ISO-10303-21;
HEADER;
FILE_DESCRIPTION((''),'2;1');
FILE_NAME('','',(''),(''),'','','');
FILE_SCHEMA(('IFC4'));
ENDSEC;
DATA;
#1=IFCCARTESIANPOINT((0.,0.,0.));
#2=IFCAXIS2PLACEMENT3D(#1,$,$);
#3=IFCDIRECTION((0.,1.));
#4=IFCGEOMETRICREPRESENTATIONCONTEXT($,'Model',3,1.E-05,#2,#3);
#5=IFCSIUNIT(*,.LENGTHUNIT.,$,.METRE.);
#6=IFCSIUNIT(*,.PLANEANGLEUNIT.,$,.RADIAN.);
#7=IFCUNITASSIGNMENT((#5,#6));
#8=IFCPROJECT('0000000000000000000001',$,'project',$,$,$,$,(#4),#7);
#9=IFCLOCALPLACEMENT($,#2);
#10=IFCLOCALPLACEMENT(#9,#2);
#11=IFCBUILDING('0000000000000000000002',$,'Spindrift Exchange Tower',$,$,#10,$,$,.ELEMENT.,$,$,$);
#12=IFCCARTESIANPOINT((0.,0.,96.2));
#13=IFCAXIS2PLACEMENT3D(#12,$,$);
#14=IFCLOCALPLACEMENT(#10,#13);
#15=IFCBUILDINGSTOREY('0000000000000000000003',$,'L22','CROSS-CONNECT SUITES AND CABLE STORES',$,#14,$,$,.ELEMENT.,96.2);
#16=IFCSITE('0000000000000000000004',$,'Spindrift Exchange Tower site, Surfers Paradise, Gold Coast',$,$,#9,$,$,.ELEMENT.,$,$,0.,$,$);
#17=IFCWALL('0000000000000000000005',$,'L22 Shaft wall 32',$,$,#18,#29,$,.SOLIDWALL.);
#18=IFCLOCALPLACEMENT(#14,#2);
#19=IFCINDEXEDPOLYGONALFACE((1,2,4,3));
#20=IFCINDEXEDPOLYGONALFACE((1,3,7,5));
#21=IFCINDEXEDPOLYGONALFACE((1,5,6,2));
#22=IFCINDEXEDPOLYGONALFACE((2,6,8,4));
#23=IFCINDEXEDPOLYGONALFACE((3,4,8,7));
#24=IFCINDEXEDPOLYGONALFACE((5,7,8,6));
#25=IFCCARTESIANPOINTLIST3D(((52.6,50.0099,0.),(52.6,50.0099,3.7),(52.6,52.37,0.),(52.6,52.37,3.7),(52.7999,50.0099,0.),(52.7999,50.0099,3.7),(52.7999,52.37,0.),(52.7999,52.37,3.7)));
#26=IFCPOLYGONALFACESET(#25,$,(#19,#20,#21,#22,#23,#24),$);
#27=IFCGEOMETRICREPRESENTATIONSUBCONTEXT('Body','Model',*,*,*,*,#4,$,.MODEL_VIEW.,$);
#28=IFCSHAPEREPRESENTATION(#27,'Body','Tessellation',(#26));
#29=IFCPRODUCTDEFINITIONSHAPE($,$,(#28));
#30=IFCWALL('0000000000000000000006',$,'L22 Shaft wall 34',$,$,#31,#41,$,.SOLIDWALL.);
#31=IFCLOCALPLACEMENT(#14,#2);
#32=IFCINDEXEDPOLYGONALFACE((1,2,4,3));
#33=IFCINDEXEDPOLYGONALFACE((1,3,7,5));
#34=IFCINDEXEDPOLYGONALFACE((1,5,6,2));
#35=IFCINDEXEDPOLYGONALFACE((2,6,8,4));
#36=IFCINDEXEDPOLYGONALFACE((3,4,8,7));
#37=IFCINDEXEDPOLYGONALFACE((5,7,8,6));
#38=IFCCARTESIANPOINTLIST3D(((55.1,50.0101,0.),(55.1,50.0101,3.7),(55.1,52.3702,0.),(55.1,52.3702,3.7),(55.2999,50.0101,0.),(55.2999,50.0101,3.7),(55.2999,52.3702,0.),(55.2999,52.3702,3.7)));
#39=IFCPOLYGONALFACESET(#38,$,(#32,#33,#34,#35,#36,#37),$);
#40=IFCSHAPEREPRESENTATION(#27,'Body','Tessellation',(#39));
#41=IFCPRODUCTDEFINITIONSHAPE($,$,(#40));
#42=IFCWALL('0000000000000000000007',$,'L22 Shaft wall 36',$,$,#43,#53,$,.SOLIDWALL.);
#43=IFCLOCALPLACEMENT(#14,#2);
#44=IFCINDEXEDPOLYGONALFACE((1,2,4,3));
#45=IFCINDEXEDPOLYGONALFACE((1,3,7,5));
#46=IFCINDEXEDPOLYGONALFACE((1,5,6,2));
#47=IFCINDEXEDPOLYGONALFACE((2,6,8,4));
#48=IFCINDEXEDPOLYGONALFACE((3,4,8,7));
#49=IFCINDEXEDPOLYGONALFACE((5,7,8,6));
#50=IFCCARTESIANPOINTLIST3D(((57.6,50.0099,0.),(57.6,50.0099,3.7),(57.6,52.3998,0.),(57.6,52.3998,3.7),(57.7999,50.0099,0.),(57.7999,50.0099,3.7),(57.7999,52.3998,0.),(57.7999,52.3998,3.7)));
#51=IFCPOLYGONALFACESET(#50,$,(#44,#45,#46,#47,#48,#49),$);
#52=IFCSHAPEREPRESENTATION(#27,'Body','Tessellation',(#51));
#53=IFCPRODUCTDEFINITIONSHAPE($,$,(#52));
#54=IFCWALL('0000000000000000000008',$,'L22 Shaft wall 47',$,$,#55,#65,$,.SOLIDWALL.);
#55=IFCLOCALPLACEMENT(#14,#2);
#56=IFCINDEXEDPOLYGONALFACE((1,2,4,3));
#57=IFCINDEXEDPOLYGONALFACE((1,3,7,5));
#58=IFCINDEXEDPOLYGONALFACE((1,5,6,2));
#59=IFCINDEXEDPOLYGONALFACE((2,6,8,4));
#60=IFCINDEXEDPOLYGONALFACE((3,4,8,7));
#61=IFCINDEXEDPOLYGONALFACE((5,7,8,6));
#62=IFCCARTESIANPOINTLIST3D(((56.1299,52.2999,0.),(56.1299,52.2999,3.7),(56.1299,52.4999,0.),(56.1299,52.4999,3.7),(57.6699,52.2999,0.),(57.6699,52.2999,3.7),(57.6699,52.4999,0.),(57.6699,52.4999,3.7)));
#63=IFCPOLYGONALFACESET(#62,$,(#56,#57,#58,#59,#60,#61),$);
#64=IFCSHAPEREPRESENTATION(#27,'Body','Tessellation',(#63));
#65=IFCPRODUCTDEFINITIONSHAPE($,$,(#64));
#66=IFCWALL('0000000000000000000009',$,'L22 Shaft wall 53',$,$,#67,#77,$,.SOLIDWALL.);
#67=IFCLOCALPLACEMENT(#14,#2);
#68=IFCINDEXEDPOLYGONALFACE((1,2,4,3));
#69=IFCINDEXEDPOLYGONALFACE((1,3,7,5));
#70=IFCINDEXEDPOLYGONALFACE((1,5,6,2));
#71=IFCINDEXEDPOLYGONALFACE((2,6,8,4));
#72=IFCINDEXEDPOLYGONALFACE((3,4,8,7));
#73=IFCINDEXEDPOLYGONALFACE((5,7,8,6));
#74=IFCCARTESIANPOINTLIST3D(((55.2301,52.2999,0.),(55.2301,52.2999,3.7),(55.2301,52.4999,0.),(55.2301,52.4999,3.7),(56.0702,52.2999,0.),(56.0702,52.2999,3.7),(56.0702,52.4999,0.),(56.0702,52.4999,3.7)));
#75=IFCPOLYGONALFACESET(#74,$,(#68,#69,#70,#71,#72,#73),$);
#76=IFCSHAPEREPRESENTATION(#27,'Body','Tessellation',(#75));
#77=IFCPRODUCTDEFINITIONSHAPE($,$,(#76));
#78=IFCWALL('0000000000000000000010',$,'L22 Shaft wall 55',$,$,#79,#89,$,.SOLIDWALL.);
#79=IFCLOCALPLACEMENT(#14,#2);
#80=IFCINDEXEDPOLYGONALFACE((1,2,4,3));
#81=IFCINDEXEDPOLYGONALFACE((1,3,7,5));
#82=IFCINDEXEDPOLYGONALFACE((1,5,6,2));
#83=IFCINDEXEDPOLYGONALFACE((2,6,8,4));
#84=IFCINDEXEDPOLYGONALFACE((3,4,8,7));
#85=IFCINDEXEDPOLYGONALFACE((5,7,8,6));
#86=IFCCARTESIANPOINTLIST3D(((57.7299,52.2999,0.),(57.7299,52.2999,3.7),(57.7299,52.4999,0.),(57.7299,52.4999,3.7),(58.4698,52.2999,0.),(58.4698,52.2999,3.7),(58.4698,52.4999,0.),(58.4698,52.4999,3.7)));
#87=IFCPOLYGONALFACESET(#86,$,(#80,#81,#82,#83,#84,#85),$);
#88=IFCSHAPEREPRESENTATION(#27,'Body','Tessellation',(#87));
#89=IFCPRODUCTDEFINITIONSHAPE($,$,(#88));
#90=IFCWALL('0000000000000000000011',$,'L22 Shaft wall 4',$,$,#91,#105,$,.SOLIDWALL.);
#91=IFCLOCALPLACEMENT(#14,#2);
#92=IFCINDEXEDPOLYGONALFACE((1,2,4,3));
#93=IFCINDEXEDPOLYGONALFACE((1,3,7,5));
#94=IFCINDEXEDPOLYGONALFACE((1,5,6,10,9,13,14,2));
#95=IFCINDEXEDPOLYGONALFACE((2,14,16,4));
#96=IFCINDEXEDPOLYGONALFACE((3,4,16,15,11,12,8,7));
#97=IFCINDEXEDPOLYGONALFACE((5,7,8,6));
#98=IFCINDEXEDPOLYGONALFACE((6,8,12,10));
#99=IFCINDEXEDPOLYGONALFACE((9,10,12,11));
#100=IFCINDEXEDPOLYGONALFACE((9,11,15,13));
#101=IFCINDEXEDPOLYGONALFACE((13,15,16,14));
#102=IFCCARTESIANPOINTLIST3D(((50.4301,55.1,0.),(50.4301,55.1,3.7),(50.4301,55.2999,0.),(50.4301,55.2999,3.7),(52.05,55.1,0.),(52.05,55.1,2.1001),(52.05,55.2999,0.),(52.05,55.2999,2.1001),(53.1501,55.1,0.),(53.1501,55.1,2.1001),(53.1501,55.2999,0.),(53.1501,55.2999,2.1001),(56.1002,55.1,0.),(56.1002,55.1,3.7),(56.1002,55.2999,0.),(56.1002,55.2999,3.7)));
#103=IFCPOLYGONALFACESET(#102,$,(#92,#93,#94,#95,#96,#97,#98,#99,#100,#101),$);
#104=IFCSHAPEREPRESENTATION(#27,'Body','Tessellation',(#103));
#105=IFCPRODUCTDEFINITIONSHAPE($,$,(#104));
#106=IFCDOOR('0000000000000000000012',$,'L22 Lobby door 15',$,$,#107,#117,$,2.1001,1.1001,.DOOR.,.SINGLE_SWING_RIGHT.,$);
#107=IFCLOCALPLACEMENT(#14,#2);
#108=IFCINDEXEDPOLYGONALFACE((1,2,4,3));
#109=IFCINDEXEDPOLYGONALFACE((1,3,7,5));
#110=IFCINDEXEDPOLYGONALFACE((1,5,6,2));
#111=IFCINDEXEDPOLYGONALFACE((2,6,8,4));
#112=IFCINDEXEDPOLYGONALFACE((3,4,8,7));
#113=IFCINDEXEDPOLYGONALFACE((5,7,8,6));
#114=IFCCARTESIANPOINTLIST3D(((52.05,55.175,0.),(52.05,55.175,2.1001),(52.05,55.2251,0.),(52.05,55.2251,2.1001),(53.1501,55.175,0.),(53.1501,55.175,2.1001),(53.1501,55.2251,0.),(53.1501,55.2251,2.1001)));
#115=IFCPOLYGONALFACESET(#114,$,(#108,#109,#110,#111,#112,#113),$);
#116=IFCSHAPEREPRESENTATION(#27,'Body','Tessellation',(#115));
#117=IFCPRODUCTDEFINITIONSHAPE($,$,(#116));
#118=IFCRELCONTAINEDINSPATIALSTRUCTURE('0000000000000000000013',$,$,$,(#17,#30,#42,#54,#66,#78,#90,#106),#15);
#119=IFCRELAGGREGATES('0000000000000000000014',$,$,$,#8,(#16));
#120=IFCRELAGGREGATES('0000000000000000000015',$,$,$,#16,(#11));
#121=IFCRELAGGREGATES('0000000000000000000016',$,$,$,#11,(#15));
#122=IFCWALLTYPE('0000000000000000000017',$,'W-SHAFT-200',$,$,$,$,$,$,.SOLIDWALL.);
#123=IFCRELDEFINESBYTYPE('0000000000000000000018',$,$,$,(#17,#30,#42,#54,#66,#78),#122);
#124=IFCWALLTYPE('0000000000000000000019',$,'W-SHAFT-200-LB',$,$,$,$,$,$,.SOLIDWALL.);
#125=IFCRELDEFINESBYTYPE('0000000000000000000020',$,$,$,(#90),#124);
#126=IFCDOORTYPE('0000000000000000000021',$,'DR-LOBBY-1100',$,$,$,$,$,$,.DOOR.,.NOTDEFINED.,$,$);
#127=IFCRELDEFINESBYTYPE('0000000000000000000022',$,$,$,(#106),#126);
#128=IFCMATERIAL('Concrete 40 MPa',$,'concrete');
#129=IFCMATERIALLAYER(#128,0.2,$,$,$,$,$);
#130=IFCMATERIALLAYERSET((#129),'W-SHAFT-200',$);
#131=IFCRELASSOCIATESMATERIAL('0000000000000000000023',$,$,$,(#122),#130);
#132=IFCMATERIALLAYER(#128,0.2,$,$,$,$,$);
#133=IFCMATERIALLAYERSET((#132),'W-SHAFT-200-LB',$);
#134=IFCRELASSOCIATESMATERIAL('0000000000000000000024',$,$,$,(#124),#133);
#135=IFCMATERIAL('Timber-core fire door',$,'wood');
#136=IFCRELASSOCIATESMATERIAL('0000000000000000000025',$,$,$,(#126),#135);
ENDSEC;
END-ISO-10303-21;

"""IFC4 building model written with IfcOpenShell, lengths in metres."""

from ifc_helpers import new_model, si_unit, direction, frame, frame_2d, origin, place, context, subcontext, project, spatial, rectangle, extrude, source, transform, mapped, material, layer, layer_set, type_object, element, fill, save


model = new_model("IFC4")

# Units and contexts
model_context = context("Model", 3, precision=1e-05, world=origin(), true_north=direction((0.0, 1.0)))
body_context = subcontext(model_context, "Body", "Model", "MODEL_VIEW")
ifc_project = project(units=[si_unit("LENGTHUNIT", "METRE"), si_unit("PLANEANGLEUNIT", "RADIAN")], contexts=[model_context])

# Site, building, storey
site_placement = place(None, origin())
site = spatial("IfcSite", under=ifc_project, at=site_placement, Name="Spindrift Exchange Tower site, Surfers Paradise, Gold Coast", CompositionType="ELEMENT", RefElevation=0.0)
building_placement = place(site_placement, origin())
building = spatial("IfcBuilding", under=site, at=building_placement, Name="Spindrift Exchange Tower", CompositionType="ELEMENT")
storey_placement = place(building_placement, frame((0.0, 0.0, 96.2)))
storey = spatial("IfcBuildingStorey", under=building, at=storey_placement, Name="L22", Description="CROSS-CONNECT SUITES AND CABLE STORES", CompositionType="ELEMENT", Elevation=96.2)

# Shared definitions
ifc_material_1 = material(Name="Concrete 40 MPa", Category="concrete")
ifc_layer_1 = layer(ifc_material_1, 0.2)
ifc_layer_set_1 = layer_set([ifc_layer_1], Name="W-SHAFT-200")
wall_type_1 = type_object("IfcWallType", Name="W-SHAFT-200", PredefinedType="SOLIDWALL", material=ifc_layer_set_1)

# Walls
for number, where, z_axis, x_axis, name in (
    (1, (52.7, 52.3701, 0.0), (0.0, 0.0, 1.0), (0.0, -1.0, 0.0), "L22 Shaft wall 32"),
    (2, (55.2, 50.01, 0.0), (0.0, 0.0, 1.0), (0.0, 1.0, 0.0), "L22 Shaft wall 34"),
):
    element("IfcWall", number, at=place(storey_placement, frame(where, z_axis=z_axis, x_axis=x_axis)), inside=storey, type_object=wall_type_1, Name=name, PredefinedType="SOLIDWALL", context=body_context, shape_type="SweptSolid", body=[
        extrude(rectangle(XDim=2.3601, YDim=0.2, at=frame_2d((1.1802, 0.0))), origin(), (0.0, 0.0, 1.0), 3.7),
    ])
wall_1_placement = place(storey_placement, frame((57.7, 50.01, 0.0), z_axis=(0.0, 0.0, 1.0), x_axis=(0.0, 1.0, 0.0)))
element("IfcWall", 3, at=wall_1_placement, inside=storey, type_object=wall_type_1, Name="L22 Shaft wall 36", PredefinedType="SOLIDWALL", context=body_context, shape_type="SweptSolid", body=[
    extrude(rectangle(XDim=2.3899, YDim=0.2, at=frame_2d((1.1948, 0.0))), origin(), (0.0, 0.0, 1.0), 3.7),
])
wall_2_placement = place(storey_placement, frame((57.6699, 52.3999, 0.0), z_axis=(0.0, 0.0, 1.0), x_axis=(-1.0, 0.0, 0.0)))
element("IfcWall", 4, at=wall_2_placement, inside=storey, type_object=wall_type_1, Name="L22 Shaft wall 47", PredefinedType="SOLIDWALL", context=body_context, shape_type="SweptSolid", body=[
    extrude(rectangle(XDim=1.54, YDim=0.2, at=frame_2d((0.77, 0.0))), origin(), (0.0, 0.0, 1.0), 3.7),
])
wall_3_placement = place(storey_placement, frame((56.0701, 52.3999, 0.0), z_axis=(0.0, 0.0, 1.0), x_axis=(-1.0, 0.0, 0.0)))
element("IfcWall", 5, at=wall_3_placement, inside=storey, type_object=wall_type_1, Name="L22 Shaft wall 53", PredefinedType="SOLIDWALL", context=body_context, shape_type="SweptSolid", body=[
    extrude(rectangle(XDim=0.8401, YDim=0.2, at=frame_2d((0.4199, 0.0))), origin(), (0.0, 0.0, 1.0), 3.7),
])
wall_4_placement = place(storey_placement, frame((58.47, 52.3999, 0.0), z_axis=(0.0, 0.0, 1.0), x_axis=(-1.0, 0.0, 0.0)))
element("IfcWall", 6, at=wall_4_placement, inside=storey, type_object=wall_type_1, Name="L22 Shaft wall 55", PredefinedType="SOLIDWALL", context=body_context, shape_type="SweptSolid", body=[
    extrude(rectangle(XDim=0.74, YDim=0.2, at=frame_2d((0.3701, 0.0))), origin(), (0.0, 0.0, 1.0), 3.7),
])

# Wall, opening, door
ifc_layer_2 = layer(ifc_material_1, 0.2)
ifc_layer_set_2 = layer_set([ifc_layer_2], Name="W-SHAFT-200-LB")
wall_type_2 = type_object("IfcWallType", Name="W-SHAFT-200-LB", PredefinedType="SOLIDWALL", material=ifc_layer_set_2)
wall_5_placement = place(storey_placement, frame((56.1001, 55.2, 0.0), z_axis=(0.0, 0.0, 1.0), x_axis=(-1.0, 0.0, 0.0)))
wall_5 = element("IfcWall", 7, at=wall_5_placement, inside=storey, type_object=wall_type_2, Name="L22 Shaft wall 4", PredefinedType="SOLIDWALL", context=body_context, shape_type="SweptSolid", body=[
    extrude(rectangle(XDim=5.6702, YDim=0.2, at=frame_2d((2.835, 0.0))), origin(), (0.0, 0.0, 1.0), 3.7),
])
opening_1_placement = place(wall_5_placement, frame((2.95, 0.0, 0.0)))
opening_1 = element("IfcOpeningElement", 8, at=opening_1_placement, cuts=wall_5, PredefinedType="OPENING", context=body_context, shape_type="SweptSolid", body=[
    extrude(rectangle(XDim=1.1001, YDim=2.1001, at=frame_2d((0.55, 1.05))), frame((0.0, 0.1099, 0.0), z_axis=(0.0, -1.0, 0.0), x_axis=(1.0, 0.0, 0.0)), (0.0, 0.0, 1.0), 0.22),
])
ifc_material_2 = material(Name="Timber-core fire door", Category="wood")
door_type_1 = type_object("IfcDoorType", Name="DR-LOBBY-1100", OperationType="NOTDEFINED", PredefinedType="DOOR", material=ifc_material_2)
shared_shape_1 = source(origin(), body_context, "Body", "SweptSolid", [
    extrude(rectangle(XDim=1.1001, YDim=2.1001, at=frame_2d((0.55, 1.05))), frame((0.0, 0.0249, 0.0), z_axis=(0.0, -1.0, 0.0), x_axis=(1.0, 0.0, 0.0)), (0.0, 0.0, 1.0), 0.05),
])
door_1_placement = place(opening_1_placement, origin())
door_1 = element("IfcDoor", 9, at=door_1_placement, inside=storey, type_object=door_type_1, Name="L22 Lobby door 15", OperationType="SINGLE_SWING_RIGHT", OverallHeight=2.1001, OverallWidth=1.1001, PredefinedType="DOOR", context=body_context, shape_type="MappedRepresentation", body=[
    mapped(shared_shape_1, transform((0.0, 0.0, 0.0), scale=1.0)),
])
fill(opening_1, door_1)

save(model, "model.ifc")
